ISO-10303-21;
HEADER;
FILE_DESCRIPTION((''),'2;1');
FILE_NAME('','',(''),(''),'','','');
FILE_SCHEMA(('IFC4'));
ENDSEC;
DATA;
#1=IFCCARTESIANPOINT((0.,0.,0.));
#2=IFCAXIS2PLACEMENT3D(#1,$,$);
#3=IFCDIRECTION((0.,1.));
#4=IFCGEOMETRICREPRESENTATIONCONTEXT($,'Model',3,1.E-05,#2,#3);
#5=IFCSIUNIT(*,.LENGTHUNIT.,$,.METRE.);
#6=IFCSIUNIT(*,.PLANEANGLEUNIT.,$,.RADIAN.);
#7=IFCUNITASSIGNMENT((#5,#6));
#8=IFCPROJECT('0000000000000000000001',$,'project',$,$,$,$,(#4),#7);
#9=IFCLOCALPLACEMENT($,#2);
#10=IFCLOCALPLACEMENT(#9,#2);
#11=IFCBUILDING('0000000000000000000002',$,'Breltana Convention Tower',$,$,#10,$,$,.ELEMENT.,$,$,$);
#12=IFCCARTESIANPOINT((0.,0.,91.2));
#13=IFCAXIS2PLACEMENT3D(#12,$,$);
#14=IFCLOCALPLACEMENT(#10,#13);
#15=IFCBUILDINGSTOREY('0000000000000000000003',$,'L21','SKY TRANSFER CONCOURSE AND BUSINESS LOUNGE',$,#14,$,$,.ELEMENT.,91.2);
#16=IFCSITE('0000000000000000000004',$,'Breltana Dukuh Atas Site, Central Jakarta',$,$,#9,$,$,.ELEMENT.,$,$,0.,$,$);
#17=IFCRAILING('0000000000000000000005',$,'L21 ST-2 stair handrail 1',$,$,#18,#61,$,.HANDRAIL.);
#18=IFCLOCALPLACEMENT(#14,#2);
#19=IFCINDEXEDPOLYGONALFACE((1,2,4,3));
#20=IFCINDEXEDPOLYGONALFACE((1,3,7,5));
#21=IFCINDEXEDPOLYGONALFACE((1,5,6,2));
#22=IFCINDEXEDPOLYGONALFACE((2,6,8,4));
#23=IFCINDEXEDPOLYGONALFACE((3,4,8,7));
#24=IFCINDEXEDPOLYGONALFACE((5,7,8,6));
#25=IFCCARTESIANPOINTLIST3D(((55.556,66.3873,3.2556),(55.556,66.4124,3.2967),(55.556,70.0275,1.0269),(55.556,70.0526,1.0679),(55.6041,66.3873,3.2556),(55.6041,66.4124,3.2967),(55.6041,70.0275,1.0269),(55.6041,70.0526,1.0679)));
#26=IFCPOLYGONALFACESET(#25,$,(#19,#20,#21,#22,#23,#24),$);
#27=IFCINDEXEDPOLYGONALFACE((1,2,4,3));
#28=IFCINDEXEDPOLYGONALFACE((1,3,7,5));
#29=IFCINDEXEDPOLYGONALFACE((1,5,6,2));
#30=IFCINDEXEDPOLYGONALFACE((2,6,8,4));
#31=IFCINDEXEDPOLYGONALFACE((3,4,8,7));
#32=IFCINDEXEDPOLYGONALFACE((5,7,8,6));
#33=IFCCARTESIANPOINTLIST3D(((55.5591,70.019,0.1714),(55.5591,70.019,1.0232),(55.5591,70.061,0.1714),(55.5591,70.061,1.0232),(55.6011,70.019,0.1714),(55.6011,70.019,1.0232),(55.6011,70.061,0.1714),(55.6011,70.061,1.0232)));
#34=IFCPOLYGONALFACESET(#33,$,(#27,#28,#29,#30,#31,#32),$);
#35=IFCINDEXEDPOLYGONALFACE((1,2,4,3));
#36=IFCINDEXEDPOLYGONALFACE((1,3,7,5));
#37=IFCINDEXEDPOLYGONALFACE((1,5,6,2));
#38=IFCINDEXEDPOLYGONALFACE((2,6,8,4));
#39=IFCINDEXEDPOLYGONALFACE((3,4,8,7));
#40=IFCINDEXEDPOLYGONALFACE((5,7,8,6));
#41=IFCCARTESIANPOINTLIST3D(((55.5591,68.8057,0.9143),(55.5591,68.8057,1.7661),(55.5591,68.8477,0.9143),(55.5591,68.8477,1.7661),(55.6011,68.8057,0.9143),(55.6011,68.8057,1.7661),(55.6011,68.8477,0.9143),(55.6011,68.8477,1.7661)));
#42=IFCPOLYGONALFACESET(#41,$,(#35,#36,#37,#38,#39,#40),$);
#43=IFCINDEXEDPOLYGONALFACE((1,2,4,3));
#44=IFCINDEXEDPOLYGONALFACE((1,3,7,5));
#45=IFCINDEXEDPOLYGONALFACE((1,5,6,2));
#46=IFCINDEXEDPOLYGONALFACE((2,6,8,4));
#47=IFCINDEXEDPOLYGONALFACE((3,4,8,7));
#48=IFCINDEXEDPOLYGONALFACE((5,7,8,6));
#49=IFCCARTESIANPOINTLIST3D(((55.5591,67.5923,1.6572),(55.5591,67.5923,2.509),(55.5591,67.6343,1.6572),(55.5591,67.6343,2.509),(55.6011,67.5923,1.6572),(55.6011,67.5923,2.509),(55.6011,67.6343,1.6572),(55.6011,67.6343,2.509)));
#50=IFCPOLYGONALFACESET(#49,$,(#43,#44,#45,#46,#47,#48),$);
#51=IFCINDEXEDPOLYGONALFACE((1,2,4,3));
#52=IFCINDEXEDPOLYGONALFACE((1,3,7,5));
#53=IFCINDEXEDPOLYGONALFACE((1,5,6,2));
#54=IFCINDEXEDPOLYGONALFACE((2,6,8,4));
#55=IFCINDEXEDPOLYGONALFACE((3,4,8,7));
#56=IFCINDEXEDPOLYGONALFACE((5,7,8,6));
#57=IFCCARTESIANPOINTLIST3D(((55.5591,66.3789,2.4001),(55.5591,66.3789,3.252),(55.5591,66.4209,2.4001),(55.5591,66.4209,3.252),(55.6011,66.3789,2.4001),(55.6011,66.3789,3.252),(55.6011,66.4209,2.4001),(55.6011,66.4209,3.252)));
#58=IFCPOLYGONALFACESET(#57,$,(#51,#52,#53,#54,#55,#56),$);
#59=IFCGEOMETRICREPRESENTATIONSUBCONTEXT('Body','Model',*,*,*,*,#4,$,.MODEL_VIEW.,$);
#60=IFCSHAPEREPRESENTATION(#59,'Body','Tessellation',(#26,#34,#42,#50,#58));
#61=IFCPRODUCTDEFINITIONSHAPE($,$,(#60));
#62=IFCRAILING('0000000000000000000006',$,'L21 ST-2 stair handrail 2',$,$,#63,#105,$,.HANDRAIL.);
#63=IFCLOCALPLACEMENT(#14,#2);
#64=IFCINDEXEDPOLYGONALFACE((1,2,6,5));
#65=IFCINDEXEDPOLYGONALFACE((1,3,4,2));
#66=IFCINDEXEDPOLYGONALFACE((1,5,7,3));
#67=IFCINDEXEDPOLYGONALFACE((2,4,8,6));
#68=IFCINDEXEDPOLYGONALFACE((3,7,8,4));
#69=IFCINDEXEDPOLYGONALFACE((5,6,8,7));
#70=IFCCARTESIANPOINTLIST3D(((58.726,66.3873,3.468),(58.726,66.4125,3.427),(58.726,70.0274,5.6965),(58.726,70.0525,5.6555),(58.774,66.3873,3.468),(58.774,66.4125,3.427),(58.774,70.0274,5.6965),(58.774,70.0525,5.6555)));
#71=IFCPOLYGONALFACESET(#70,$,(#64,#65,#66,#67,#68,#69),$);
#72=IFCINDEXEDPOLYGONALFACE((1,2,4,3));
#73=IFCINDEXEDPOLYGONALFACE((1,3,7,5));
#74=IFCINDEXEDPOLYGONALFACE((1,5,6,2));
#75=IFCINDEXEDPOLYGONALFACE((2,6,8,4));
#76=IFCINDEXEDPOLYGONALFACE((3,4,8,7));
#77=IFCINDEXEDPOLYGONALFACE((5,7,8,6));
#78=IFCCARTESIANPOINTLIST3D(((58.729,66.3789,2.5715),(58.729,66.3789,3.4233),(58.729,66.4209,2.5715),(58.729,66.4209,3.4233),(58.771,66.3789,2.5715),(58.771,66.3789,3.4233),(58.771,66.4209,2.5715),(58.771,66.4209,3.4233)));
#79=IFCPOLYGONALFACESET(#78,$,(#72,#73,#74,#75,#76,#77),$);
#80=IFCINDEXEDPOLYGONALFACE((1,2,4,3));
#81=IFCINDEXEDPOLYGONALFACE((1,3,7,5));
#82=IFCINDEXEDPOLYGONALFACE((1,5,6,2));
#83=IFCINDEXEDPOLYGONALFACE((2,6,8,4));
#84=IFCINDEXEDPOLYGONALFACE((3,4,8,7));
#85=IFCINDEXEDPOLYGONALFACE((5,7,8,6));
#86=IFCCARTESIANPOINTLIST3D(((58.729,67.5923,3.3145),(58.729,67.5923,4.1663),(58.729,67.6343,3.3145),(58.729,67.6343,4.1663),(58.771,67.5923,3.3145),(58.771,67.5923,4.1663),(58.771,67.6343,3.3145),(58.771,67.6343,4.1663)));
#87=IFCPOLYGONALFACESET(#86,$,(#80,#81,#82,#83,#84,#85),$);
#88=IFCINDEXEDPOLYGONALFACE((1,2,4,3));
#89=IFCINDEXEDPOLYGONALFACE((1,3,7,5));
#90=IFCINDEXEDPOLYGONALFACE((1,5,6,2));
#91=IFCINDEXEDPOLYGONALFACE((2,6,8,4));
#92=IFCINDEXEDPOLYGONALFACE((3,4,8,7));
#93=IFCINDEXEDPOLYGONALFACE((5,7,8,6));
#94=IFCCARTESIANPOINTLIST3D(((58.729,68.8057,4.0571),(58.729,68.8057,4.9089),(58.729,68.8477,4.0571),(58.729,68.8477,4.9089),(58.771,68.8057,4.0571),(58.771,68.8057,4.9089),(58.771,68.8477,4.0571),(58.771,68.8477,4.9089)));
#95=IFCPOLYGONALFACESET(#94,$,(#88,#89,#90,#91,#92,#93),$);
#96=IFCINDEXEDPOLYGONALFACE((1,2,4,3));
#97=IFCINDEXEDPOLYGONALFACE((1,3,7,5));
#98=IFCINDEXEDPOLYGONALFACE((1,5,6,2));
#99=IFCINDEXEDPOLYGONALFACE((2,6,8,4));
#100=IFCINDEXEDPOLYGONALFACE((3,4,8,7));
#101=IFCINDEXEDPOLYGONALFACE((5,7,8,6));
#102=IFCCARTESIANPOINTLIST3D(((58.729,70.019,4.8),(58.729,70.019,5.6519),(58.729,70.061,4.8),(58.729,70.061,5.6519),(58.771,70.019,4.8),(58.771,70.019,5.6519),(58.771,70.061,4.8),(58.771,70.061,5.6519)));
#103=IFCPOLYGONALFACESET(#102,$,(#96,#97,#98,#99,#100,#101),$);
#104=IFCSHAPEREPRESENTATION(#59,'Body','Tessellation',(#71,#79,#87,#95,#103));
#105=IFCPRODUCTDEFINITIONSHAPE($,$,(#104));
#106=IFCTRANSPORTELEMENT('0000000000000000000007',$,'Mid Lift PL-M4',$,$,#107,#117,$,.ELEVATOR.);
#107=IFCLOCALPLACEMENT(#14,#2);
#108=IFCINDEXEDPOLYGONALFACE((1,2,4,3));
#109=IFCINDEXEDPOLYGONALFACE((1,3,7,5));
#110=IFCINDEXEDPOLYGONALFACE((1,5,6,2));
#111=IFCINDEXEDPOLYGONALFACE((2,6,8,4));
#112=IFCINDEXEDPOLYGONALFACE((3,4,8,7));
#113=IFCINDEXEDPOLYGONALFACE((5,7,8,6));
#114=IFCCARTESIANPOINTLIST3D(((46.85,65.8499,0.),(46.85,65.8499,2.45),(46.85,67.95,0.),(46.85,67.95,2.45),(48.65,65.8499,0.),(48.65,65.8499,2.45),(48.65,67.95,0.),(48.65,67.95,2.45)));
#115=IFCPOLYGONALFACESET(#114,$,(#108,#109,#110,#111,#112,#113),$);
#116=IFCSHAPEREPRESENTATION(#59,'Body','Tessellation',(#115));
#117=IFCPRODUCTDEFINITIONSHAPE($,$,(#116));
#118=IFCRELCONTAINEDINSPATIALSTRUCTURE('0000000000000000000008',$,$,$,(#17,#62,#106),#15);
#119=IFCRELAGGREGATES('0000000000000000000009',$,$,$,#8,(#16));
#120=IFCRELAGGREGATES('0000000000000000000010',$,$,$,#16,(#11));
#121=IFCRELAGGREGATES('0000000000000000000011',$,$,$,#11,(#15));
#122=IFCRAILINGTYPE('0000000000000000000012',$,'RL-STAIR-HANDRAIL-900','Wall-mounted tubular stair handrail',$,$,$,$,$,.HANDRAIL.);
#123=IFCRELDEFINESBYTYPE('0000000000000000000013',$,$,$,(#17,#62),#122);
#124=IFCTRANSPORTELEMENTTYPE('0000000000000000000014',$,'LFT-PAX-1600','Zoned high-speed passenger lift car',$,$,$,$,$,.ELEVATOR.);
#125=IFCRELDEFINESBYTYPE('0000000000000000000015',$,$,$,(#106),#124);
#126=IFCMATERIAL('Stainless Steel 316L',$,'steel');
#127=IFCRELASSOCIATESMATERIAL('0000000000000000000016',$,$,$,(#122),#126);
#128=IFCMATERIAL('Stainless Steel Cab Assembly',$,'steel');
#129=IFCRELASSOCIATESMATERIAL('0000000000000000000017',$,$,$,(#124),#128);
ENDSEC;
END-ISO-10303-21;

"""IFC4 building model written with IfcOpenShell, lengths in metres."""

from ifc_helpers import new_model, si_unit, direction, frame, origin, origin_2d, place, context, subcontext, project, spatial, rectangle, extrude, source, transform, mapped, material, type_object, type_shapes, element, save


model = new_model("IFC4")

# Units and contexts
model_context = context("Model", 3, precision=1e-05, world=origin(), true_north=direction((0.0, 1.0)))
body_context = subcontext(model_context, "Body", "Model", "MODEL_VIEW")
ifc_project = project(units=[si_unit("LENGTHUNIT", "METRE"), si_unit("PLANEANGLEUNIT", "RADIAN")], contexts=[model_context])

# Site, building, storey
site_placement = place(None, origin())
site = spatial("IfcSite", under=ifc_project, at=site_placement, Name="Breltana Dukuh Atas Site, Central Jakarta", CompositionType="ELEMENT", RefElevation=0.0)
building_placement = place(site_placement, origin())
building = spatial("IfcBuilding", under=site, at=building_placement, Name="Breltana Convention Tower", CompositionType="ELEMENT")
storey_placement = place(building_placement, frame((0.0, 0.0, 91.2)))
storey = spatial("IfcBuildingStorey", under=building, at=storey_placement, Name="L21", Description="SKY TRANSFER CONCOURSE AND BUSINESS LOUNGE", CompositionType="ELEMENT", Elevation=91.2)

# Railings
ifc_material_1 = material(Name="Stainless Steel 316L", Category="steel")
railing_type_1 = type_object("IfcRailingType", Name="RL-STAIR-HANDRAIL-900", Description="Wall-mounted tubular stair handrail", PredefinedType="HANDRAIL", material=ifc_material_1)
railing_1_placement = place(storey_placement, frame((55.5801, 70.04, 0.1714)))
element("IfcRailing", 1, at=railing_1_placement, inside=storey, type_object=railing_type_1, Name="L21 ST-2 stair handrail 1", PredefinedType="HANDRAIL", context=body_context, shape_type="SweptSolid", body=[
    extrude(rectangle(XDim=0.0481, YDim=0.0481, at=origin_2d()), frame((0.0, 0.0, 0.876), z_axis=(0.0, -0.85284, 0.522172), x_axis=(1.0, 0.0, 0.0)), (0.0, 0.0, 1.0), 4.2683),
    extrude(rectangle(XDim=0.042, YDim=0.042, at=origin_2d()), origin(), (0.0, 0.0, 1.0), 0.8518),
    extrude(rectangle(XDim=0.042, YDim=0.042, at=origin_2d()), frame((0.0, -1.2134, 0.7429)), (0.0, 0.0, 1.0), 0.8518),
    extrude(rectangle(XDim=0.042, YDim=0.042, at=origin_2d()), frame((0.0, -2.4268, 1.4858)), (0.0, 0.0, 1.0), 0.8518),
    extrude(rectangle(XDim=0.042, YDim=0.042, at=origin_2d()), frame((0.0, -3.6401, 2.2288)), (0.0, 0.0, 1.0), 0.8518),
])
railing_2_placement = place(storey_placement, frame((58.75, 66.3999, 2.5715)))
element("IfcRailing", 2, at=railing_2_placement, inside=storey, type_object=railing_type_1, Name="L21 ST-2 stair handrail 2", PredefinedType="HANDRAIL", context=body_context, shape_type="SweptSolid", body=[
    extrude(rectangle(XDim=0.0481, YDim=0.0481, at=origin_2d()), frame((0.0, 0.0, 0.876), z_axis=(0.0, 0.852866, 0.52213), x_axis=(-1.0, 0.0, 0.0)), (0.0, 0.0, 1.0), 4.2681),
    extrude(rectangle(XDim=0.042, YDim=0.042, at=origin_2d()), origin(), (0.0, 0.0, 1.0), 0.8518),
    extrude(rectangle(XDim=0.042, YDim=0.042, at=origin_2d()), frame((0.0, 1.2134, 0.7429)), (0.0, 0.0, 1.0), 0.8518),
    extrude(rectangle(XDim=0.042, YDim=0.042, at=origin_2d()), frame((0.0, 2.4268, 1.4856)), (0.0, 0.0, 1.0), 0.8518),
    extrude(rectangle(XDim=0.042, YDim=0.042, at=origin_2d()), frame((0.0, 3.6401, 2.2285)), (0.0, 0.0, 1.0), 0.8518),
])

# Transport element
ifc_material_2 = material(Name="Stainless Steel Cab Assembly", Category="steel")
transport_element_type = type_object("IfcTransportElementType", Name="LFT-PAX-1600", Description="Zoned high-speed passenger lift car", PredefinedType="ELEVATOR", material=ifc_material_2)
shared_shape_1 = source(origin(), body_context, "Body", "SweptSolid", [
    extrude(rectangle(XDim=1.8, YDim=2.1001, at=origin_2d()), origin(), (0.0, 0.0, 1.0), 2.45),
])
type_shapes(transport_element_type, [shared_shape_1])
transport_element_placement = place(storey_placement, frame((47.75, 66.8999, 0.0), z_axis=(0.0, 0.0, 1.0), x_axis=(1.0, 0.0, 0.0)))
element("IfcTransportElement", 3, at=transport_element_placement, inside=storey, type_object=transport_element_type, Name="Mid Lift PL-M4", PredefinedType="ELEVATOR", context=body_context, shape_type="MappedRepresentation", body=[
    mapped(shared_shape_1, transform((0.0, 0.0, 0.0), scale=1.0)),
])

save(model, "model.ifc")
